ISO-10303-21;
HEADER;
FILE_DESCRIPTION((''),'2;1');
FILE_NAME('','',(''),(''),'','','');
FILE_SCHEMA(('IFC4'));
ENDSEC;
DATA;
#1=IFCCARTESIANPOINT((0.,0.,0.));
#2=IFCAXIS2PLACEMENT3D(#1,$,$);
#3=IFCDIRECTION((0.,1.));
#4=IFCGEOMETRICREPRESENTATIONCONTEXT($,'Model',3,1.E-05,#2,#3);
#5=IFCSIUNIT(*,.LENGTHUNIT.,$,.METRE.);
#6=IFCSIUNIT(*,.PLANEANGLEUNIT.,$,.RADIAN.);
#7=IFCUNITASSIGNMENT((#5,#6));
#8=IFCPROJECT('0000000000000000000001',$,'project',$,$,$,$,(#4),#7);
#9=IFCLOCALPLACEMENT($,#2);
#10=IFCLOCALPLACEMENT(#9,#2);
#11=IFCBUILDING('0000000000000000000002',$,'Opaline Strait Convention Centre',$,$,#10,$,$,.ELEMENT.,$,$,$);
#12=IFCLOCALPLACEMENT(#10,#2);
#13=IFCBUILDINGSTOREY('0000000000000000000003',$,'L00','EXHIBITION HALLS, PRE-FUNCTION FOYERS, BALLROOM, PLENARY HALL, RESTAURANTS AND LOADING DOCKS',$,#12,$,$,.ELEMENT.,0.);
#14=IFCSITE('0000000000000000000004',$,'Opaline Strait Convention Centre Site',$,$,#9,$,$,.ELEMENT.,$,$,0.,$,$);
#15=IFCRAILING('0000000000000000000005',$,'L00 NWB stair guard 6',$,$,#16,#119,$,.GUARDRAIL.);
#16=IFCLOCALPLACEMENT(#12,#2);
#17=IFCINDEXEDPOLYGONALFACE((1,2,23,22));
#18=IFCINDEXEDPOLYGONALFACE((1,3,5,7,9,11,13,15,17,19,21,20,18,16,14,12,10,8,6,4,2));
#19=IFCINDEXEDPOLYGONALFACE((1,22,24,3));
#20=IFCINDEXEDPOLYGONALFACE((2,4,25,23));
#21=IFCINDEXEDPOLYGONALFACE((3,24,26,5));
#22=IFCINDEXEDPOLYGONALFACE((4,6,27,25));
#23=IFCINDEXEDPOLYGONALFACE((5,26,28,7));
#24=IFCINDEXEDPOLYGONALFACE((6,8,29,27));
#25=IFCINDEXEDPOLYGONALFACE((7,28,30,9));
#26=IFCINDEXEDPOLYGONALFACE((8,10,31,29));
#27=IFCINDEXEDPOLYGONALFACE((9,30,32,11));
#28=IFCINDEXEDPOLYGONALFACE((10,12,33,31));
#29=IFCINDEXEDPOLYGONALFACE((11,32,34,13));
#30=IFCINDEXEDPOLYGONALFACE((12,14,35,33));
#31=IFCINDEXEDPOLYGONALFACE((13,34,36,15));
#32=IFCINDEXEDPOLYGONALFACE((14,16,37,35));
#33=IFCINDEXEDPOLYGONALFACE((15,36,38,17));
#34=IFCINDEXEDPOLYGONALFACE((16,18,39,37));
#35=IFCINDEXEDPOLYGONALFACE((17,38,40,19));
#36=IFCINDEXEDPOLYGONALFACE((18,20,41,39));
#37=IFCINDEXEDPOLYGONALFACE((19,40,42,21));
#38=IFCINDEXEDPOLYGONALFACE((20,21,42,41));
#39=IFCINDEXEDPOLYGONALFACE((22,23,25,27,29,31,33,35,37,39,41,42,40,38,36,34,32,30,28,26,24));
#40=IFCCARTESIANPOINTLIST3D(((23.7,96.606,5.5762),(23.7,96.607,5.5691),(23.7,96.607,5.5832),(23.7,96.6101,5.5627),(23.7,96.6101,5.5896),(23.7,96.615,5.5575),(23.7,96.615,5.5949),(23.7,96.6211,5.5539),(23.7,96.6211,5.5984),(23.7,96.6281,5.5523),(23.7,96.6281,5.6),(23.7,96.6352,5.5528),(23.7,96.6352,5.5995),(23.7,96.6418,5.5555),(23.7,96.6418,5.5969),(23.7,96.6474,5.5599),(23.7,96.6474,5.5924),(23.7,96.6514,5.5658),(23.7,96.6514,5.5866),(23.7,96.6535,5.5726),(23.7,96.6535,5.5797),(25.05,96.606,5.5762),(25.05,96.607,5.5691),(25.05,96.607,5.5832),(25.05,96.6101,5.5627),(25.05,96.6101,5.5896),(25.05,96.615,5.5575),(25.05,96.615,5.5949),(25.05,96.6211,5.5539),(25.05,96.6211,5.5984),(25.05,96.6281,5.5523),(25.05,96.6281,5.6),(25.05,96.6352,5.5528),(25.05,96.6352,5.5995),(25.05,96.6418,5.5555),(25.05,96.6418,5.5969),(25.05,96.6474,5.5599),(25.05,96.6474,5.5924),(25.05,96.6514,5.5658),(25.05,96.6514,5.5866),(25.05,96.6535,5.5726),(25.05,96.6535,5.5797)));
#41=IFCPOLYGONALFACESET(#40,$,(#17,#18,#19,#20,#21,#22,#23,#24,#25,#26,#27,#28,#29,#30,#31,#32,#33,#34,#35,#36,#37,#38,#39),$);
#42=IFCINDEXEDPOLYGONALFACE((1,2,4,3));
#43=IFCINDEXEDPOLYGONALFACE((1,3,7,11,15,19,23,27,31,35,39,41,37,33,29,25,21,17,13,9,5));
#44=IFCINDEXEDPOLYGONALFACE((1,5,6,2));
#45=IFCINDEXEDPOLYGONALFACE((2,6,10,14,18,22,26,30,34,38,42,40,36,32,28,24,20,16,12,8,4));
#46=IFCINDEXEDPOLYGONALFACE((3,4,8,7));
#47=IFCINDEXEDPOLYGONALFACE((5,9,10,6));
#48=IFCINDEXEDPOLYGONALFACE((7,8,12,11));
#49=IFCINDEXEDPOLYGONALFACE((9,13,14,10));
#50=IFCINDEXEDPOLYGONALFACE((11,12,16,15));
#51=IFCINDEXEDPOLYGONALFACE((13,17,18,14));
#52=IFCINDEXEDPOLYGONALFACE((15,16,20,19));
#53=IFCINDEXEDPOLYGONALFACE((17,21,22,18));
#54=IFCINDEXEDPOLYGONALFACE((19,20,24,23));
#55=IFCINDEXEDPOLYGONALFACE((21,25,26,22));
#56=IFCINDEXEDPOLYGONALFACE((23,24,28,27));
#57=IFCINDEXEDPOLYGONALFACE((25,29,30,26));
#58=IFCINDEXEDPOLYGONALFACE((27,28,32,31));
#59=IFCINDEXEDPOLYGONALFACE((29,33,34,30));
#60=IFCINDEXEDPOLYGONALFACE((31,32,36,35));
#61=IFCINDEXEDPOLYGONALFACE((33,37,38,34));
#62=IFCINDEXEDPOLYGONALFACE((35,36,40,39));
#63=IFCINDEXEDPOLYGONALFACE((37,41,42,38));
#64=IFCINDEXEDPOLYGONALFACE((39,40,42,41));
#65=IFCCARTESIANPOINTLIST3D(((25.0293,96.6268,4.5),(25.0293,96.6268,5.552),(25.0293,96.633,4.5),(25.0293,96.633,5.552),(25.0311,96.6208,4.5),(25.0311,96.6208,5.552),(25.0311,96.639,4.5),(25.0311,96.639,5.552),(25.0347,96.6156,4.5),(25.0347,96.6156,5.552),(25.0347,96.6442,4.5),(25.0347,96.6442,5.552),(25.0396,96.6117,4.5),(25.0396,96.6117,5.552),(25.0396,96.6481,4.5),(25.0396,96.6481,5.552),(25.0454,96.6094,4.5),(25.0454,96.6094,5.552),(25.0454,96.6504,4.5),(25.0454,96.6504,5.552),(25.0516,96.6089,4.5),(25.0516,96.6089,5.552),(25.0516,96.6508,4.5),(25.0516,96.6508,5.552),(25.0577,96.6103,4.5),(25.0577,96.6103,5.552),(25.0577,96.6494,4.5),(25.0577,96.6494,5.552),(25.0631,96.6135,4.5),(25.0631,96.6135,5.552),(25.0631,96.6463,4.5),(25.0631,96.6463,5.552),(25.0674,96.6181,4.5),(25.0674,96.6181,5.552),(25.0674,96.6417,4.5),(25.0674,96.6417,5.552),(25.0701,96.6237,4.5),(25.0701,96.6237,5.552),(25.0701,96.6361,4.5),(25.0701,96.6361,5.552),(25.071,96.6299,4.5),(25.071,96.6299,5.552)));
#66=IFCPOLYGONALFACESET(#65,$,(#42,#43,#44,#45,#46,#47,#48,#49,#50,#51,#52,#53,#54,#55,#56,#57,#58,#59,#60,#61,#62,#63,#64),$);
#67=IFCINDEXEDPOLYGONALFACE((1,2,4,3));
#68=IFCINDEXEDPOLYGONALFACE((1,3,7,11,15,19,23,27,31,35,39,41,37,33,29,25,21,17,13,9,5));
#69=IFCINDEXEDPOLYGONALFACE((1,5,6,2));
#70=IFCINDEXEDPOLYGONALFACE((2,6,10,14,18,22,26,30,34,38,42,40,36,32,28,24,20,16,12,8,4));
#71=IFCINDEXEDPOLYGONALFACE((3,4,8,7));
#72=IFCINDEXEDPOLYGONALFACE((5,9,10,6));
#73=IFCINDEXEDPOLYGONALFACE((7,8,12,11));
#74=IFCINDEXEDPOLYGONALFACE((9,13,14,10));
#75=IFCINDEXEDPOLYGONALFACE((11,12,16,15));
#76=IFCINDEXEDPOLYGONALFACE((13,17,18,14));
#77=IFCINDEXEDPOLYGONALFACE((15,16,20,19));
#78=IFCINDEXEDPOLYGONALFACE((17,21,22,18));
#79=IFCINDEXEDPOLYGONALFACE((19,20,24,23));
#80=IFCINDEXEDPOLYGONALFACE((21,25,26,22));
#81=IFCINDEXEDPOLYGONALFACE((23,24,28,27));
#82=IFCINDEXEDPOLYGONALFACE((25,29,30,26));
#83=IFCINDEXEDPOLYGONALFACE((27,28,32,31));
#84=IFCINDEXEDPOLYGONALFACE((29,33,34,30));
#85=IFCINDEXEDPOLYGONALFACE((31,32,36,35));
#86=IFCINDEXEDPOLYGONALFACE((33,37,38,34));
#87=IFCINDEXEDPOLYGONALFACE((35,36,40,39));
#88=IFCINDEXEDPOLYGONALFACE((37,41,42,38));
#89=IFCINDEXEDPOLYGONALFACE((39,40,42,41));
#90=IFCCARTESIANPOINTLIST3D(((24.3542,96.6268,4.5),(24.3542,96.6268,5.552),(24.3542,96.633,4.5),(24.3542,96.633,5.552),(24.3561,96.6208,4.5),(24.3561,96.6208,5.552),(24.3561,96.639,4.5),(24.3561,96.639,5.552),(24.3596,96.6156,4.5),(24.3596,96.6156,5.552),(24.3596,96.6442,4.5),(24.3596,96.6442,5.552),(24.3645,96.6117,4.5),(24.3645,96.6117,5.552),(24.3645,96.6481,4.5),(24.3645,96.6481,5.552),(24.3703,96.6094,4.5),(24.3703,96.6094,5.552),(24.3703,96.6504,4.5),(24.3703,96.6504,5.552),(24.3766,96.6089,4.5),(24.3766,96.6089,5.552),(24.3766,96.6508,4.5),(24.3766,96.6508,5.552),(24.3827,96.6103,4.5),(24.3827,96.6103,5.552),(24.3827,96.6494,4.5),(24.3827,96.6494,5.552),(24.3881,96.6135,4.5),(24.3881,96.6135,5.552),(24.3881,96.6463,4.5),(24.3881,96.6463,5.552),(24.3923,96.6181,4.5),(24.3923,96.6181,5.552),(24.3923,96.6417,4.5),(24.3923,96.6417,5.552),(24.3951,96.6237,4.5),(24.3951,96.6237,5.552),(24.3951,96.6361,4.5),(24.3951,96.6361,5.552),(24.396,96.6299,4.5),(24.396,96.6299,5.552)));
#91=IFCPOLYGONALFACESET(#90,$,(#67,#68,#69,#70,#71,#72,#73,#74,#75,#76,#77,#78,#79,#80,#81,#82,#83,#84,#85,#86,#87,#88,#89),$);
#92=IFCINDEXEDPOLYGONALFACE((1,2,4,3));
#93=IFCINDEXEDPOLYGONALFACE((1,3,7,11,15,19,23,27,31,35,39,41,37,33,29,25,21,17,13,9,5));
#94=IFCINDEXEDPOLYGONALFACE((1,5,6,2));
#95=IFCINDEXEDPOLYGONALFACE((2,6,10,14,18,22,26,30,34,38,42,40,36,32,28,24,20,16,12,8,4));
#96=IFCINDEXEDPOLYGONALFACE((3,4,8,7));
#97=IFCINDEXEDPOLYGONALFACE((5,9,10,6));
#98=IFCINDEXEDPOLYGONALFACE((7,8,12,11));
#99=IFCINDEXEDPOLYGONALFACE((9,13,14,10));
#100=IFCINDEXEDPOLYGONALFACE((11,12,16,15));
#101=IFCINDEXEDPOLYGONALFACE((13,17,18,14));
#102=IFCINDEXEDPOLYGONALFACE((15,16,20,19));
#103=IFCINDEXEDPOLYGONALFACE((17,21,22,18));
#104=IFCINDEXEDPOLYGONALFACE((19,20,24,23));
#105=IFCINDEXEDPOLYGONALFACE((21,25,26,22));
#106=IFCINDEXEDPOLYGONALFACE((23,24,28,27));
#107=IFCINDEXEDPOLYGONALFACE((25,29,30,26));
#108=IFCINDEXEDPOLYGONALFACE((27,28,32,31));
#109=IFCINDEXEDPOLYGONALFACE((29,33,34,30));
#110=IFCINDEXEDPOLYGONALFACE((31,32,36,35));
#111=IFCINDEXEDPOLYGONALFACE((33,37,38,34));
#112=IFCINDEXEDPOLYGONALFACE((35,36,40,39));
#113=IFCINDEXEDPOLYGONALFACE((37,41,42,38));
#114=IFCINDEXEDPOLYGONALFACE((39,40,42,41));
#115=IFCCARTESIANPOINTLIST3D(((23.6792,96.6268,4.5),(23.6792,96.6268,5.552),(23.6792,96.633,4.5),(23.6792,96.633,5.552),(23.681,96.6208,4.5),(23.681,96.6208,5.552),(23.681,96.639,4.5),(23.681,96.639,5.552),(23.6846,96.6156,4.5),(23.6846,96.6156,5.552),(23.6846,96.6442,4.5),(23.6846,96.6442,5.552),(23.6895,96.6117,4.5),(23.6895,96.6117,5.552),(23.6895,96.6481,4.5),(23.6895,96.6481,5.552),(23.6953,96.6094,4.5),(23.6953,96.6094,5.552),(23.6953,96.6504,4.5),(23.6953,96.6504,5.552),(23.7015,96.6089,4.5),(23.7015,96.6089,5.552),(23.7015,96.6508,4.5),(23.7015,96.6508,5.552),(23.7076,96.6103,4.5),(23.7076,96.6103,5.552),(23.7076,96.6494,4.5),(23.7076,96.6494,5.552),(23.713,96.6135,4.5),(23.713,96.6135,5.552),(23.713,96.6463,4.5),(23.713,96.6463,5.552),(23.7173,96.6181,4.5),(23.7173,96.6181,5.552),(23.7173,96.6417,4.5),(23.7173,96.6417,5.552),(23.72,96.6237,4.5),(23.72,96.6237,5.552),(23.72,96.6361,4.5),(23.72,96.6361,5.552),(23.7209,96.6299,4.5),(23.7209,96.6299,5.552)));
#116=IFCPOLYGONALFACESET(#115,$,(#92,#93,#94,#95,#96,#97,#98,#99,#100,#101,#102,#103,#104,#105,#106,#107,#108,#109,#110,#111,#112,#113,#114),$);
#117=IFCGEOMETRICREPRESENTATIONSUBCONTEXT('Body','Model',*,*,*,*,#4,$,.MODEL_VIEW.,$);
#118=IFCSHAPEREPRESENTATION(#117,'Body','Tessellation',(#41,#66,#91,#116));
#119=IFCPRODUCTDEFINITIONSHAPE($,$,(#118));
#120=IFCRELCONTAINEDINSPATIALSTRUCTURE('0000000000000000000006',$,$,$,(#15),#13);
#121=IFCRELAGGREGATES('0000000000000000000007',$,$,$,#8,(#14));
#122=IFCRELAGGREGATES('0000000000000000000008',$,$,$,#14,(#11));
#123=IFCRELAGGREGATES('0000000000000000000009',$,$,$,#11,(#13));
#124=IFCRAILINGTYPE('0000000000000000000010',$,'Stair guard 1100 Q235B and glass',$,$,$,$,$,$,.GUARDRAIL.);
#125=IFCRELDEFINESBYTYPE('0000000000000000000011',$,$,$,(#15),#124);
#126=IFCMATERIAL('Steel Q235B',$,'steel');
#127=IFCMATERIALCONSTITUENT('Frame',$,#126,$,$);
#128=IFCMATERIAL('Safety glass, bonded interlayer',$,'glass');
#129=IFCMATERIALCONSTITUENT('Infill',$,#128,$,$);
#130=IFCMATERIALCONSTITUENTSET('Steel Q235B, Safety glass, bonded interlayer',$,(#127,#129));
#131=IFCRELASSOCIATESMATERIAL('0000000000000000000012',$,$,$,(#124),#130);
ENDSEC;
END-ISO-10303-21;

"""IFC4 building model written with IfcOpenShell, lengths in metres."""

from ifc_helpers import new_model, si_unit, direction, frame, origin, origin_2d, place, context, subcontext, project, spatial, circle, extrude, material, constituent, constituent_set, type_object, element, save


model = new_model("IFC4")

# Units and contexts
model_context = context("Model", 3, precision=1e-05, world=origin(), true_north=direction((0.0, 1.0)))
body_context = subcontext(model_context, "Body", "Model", "MODEL_VIEW")
ifc_project = project(units=[si_unit("LENGTHUNIT", "METRE"), si_unit("PLANEANGLEUNIT", "RADIAN")], contexts=[model_context])

# Site, building, storey
site_placement = place(None, origin())
site = spatial("IfcSite", under=ifc_project, at=site_placement, Name="Opaline Strait Convention Centre Site", CompositionType="ELEMENT", RefElevation=0.0)
building_placement = place(site_placement, origin())
building = spatial("IfcBuilding", under=site, at=building_placement, Name="Opaline Strait Convention Centre", CompositionType="ELEMENT")
storey_placement = place(building_placement, origin())
storey = spatial("IfcBuildingStorey", under=building, at=storey_placement, Name="L00", Description="EXHIBITION HALLS, PRE-FUNCTION FOYERS, BALLROOM, PLENARY HALL, RESTAURANTS AND LOADING DOCKS", CompositionType="ELEMENT", Elevation=0.0)

# Railing
ifc_material_1 = material(Name="Steel Q235B", Category="steel")
ifc_constituent_1 = constituent(ifc_material_1, Name="Frame")
ifc_material_2 = material(Name="Safety glass, bonded interlayer", Category="glass")
ifc_constituent_2 = constituent(ifc_material_2, Name="Infill")
ifc_constituent_set = constituent_set(constituents=[ifc_constituent_1, ifc_constituent_2], Name="Steel Q235B, Safety glass, bonded interlayer")
railing_type_1 = type_object("IfcRailingType", Name="Stair guard 1100 Q235B and glass", PredefinedType="GUARDRAIL", material=ifc_constituent_set)
railing_1_placement = place(storey_placement, frame((25.05, 96.6299, 4.5)))
element("IfcRailing", 1, at=railing_1_placement, inside=storey, type_object=railing_type_1, Name="L00 NWB stair guard 6", PredefinedType="GUARDRAIL", context=body_context, shape_type="SweptSolid", body=[
    extrude(circle(Radius=0.0239, at=origin_2d()), frame((0.0, 0.0, 1.0762), z_axis=(-1.0, 0.0, 0.0), x_axis=(0.0, -1.0, 0.0)), (0.0, 0.0, 1.0), 1.3501),
    extrude(circle(Radius=0.021, at=origin_2d()), origin(), (0.0, 0.0, 1.0), 1.052),
    extrude(circle(Radius=0.021, at=origin_2d()), frame((-0.675, 0.0, 0.0)), (0.0, 0.0, 1.0), 1.052),
    extrude(circle(Radius=0.021, at=origin_2d()), frame((-1.3501, 0.0, 0.0)), (0.0, 0.0, 1.0), 1.052),
])

save(model, "model.ifc")
